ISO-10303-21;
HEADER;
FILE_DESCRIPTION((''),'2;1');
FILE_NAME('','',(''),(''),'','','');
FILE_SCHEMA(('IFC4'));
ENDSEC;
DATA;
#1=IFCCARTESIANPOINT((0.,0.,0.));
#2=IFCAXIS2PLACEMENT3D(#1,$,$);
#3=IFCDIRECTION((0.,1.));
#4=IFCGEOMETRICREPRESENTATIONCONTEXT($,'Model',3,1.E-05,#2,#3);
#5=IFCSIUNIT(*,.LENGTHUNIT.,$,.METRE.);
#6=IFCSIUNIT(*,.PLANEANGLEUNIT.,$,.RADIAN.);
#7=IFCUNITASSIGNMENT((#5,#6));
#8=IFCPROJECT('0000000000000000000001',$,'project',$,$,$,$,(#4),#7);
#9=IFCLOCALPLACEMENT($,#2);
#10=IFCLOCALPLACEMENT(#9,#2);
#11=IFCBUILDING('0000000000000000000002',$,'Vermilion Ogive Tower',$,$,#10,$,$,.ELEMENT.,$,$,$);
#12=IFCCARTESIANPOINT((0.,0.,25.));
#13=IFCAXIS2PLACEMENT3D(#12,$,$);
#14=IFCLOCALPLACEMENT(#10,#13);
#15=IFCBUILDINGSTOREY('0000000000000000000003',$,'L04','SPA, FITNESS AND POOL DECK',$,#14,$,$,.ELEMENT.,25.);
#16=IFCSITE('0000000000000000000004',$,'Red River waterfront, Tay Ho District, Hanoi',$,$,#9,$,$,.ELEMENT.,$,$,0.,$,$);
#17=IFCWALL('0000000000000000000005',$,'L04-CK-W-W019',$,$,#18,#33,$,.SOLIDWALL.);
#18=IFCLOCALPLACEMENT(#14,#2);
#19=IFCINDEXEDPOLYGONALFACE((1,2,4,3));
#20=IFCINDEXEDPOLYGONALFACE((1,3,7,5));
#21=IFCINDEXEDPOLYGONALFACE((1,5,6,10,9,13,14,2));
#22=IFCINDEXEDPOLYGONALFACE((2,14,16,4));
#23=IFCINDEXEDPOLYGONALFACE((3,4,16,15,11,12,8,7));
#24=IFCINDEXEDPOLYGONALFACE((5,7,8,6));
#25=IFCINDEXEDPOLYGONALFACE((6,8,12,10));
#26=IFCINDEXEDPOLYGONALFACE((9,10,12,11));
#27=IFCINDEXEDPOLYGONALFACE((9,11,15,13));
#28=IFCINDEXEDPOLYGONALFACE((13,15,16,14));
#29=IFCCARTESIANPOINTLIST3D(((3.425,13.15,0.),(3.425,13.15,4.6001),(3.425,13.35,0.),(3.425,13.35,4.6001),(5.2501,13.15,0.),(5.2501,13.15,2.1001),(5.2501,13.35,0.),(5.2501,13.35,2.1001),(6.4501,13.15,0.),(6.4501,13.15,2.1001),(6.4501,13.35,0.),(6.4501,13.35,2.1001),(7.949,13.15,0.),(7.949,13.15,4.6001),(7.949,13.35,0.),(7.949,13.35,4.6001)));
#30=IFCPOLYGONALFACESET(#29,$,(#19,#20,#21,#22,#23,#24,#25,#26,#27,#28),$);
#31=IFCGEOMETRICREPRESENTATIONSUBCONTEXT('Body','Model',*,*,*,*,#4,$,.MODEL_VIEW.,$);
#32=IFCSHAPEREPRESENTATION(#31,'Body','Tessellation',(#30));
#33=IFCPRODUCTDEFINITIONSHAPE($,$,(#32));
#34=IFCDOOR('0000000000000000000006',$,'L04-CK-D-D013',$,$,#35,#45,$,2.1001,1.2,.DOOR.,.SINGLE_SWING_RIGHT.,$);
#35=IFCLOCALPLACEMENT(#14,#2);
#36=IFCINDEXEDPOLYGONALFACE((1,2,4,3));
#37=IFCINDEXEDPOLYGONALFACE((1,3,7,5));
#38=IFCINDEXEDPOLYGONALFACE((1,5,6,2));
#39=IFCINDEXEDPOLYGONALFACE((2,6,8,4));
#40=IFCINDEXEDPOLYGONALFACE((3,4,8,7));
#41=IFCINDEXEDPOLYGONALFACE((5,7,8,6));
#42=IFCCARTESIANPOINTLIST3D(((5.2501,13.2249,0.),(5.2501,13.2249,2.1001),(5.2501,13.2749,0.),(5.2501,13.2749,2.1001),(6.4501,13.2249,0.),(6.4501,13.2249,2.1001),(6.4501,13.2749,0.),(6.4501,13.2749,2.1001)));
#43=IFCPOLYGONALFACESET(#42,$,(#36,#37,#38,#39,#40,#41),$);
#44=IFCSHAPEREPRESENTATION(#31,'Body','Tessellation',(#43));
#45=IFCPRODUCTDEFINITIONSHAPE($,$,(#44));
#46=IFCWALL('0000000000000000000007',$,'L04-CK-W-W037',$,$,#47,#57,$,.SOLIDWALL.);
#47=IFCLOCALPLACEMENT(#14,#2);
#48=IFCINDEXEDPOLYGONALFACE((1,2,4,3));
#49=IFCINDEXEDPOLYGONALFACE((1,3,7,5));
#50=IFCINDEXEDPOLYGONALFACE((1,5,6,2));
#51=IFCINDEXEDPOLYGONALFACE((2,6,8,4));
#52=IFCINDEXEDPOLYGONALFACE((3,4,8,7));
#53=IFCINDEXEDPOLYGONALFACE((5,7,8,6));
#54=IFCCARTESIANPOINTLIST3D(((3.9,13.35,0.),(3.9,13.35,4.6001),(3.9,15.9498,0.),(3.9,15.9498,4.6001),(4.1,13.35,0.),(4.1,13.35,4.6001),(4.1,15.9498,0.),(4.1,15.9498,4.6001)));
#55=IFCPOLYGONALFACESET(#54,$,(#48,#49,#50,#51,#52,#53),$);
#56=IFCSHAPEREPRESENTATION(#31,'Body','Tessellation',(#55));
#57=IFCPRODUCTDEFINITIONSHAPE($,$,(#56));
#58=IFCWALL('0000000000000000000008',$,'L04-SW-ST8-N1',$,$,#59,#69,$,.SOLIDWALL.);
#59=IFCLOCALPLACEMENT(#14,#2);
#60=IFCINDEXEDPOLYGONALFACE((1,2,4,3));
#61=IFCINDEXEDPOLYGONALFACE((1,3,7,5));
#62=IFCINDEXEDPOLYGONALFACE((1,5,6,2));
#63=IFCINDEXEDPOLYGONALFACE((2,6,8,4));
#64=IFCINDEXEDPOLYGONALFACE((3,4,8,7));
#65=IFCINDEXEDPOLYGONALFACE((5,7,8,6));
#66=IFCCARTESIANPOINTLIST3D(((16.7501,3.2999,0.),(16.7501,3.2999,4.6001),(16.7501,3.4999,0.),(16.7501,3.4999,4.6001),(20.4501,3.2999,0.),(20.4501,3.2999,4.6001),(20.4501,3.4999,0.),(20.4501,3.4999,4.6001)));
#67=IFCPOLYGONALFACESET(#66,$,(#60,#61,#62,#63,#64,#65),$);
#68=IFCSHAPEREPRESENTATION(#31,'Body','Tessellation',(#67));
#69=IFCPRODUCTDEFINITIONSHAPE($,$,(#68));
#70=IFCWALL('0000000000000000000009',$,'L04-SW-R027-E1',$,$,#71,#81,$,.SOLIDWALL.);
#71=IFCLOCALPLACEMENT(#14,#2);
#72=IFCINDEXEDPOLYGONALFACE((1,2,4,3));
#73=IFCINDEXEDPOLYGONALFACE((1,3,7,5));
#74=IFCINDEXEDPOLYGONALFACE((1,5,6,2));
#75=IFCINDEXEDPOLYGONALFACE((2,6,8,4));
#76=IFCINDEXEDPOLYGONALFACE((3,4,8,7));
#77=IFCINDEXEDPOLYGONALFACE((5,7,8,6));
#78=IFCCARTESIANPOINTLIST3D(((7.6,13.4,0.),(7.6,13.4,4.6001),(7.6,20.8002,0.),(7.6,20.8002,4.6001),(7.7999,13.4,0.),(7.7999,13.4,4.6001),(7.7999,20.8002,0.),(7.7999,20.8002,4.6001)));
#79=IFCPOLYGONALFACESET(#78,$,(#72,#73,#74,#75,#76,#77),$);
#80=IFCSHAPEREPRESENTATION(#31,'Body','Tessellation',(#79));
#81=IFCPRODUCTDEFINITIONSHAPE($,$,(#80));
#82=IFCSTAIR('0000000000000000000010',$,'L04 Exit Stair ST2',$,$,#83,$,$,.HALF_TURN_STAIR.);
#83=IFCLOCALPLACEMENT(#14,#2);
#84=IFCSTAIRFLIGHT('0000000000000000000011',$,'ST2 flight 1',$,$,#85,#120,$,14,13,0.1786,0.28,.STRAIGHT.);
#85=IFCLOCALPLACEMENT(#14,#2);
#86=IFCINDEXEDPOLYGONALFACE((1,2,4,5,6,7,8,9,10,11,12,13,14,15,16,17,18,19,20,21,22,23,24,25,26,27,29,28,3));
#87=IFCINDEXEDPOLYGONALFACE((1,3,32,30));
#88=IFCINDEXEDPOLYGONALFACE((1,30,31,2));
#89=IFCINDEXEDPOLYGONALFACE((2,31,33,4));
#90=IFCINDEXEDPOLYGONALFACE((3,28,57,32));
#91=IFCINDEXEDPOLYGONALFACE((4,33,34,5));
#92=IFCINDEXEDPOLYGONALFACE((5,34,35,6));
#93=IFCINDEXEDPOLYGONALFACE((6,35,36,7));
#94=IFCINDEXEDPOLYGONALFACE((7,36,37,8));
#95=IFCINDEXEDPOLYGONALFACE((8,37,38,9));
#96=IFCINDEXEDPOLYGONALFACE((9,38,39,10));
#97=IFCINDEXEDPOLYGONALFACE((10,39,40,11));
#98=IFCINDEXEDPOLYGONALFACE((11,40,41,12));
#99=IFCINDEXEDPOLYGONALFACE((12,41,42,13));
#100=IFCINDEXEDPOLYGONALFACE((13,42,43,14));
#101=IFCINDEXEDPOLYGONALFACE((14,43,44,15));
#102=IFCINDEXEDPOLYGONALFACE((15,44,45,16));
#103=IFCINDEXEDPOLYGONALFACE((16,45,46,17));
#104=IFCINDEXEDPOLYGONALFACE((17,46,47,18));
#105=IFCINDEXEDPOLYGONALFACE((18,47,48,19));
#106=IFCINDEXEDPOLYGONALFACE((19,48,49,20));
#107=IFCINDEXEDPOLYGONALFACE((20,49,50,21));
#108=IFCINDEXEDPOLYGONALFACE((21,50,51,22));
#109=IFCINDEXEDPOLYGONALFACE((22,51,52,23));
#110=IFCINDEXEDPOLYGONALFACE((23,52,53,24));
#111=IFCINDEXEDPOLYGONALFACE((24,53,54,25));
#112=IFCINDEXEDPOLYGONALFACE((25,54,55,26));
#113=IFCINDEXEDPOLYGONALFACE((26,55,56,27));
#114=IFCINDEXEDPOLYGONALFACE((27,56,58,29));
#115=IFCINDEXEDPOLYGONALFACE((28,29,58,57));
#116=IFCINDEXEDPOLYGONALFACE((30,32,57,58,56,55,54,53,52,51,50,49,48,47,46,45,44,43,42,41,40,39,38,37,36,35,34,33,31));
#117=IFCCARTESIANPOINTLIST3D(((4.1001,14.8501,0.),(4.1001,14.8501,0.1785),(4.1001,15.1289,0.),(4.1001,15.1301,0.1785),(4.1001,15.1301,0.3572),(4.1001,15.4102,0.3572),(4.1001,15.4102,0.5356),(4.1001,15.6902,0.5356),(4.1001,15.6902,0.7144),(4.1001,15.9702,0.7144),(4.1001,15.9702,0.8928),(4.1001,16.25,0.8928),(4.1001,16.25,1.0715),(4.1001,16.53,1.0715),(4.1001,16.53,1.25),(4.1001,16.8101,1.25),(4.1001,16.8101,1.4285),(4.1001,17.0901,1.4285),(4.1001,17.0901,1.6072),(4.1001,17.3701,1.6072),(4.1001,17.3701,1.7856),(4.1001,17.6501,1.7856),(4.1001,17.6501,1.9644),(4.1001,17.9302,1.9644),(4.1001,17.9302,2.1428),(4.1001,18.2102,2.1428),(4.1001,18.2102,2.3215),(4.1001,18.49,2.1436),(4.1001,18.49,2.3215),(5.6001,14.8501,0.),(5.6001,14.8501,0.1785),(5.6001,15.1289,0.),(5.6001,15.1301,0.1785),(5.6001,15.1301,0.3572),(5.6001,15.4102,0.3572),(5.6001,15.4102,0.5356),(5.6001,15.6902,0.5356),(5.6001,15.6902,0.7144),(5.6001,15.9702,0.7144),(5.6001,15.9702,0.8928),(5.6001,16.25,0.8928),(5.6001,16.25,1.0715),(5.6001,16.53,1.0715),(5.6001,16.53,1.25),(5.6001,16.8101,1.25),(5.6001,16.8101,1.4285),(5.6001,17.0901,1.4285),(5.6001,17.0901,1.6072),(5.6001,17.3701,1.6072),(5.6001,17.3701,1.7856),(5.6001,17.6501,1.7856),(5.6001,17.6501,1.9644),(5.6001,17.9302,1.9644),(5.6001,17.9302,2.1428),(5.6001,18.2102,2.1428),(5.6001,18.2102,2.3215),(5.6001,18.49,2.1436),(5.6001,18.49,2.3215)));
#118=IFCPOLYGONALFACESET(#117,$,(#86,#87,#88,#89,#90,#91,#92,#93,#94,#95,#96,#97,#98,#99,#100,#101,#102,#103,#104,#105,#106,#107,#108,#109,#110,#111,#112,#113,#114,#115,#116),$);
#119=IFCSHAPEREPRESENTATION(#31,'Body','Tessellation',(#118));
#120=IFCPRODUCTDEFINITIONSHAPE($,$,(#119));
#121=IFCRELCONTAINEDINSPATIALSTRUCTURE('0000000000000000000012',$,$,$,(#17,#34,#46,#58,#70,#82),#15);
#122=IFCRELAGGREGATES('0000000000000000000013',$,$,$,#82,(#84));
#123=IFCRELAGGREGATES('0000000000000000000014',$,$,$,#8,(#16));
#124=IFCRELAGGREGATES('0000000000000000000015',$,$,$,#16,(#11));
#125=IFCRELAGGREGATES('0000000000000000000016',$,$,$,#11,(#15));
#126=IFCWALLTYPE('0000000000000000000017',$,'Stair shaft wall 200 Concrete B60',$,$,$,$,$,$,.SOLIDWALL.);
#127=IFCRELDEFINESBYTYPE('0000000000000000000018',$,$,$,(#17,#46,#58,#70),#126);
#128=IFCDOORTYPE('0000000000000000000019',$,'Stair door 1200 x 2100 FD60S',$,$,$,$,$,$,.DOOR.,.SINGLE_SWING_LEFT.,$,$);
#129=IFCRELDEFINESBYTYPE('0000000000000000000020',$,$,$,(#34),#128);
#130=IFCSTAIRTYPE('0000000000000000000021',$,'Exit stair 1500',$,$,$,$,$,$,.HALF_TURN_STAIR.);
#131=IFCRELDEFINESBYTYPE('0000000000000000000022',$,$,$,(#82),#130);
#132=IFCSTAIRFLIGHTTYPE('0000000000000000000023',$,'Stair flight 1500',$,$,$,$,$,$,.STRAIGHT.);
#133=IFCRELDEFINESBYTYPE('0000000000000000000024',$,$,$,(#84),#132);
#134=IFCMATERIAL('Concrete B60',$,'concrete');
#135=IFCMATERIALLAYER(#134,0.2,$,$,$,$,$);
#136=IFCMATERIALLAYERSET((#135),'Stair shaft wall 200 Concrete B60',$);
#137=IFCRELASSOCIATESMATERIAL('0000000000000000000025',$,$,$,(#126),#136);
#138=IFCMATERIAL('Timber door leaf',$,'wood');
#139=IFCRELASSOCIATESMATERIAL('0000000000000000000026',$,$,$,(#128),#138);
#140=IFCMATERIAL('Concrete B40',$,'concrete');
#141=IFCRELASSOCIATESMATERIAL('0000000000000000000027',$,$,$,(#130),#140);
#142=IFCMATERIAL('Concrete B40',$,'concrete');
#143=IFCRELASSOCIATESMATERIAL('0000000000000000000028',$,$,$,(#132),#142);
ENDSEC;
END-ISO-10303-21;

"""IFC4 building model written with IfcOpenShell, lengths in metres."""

from ifc_helpers import new_model, si_unit, direction, frame, frame_2d, origin, place, context, subcontext, project, spatial, polyline, rectangle, outline, extrude, material, layer, layer_set, type_object, element, fill, aggregate, save


model = new_model("IFC4")

# Units and contexts
model_context = context("Model", 3, precision=1e-05, world=origin(), true_north=direction((0.0, 1.0)))
body_context = subcontext(model_context, "Body", "Model", "MODEL_VIEW")
ifc_project = project(units=[si_unit("LENGTHUNIT", "METRE"), si_unit("PLANEANGLEUNIT", "RADIAN")], contexts=[model_context])

# Site, building, storey
site_placement = place(None, origin())
site = spatial("IfcSite", under=ifc_project, at=site_placement, Name="Red River waterfront, Tay Ho District, Hanoi", CompositionType="ELEMENT", RefElevation=0.0)
building_placement = place(site_placement, origin())
building = spatial("IfcBuilding", under=site, at=building_placement, Name="Vermilion Ogive Tower", CompositionType="ELEMENT")
storey_placement = place(building_placement, frame((0.0, 0.0, 25.0)))
storey = spatial("IfcBuildingStorey", under=building, at=storey_placement, Name="L04", Description="SPA, FITNESS AND POOL DECK", CompositionType="ELEMENT", Elevation=25.0)

# Wall, opening, door
ifc_material_1 = material(Name="Concrete B60", Category="concrete")
ifc_layer_1 = layer(ifc_material_1, 0.2)
ifc_layer_set_1 = layer_set([ifc_layer_1], Name="Stair shaft wall 200 Concrete B60")
wall_type_1 = type_object("IfcWallType", Name="Stair shaft wall 200 Concrete B60", PredefinedType="SOLIDWALL", material=ifc_layer_set_1)
wall_1_placement = place(storey_placement, frame((3.425, 13.25, 0.0), z_axis=(0.0, 0.0, 1.0), x_axis=(1.0, 0.0, 0.0)))
wall_1 = element("IfcWall", 1, at=wall_1_placement, inside=storey, type_object=wall_type_1, Name="L04-CK-W-W019", PredefinedType="SOLIDWALL", context=body_context, shape_type="SweptSolid", body=[
    extrude(rectangle(XDim=4.5239, YDim=0.2, at=frame_2d((2.262, 0.0))), origin(), (0.0, 0.0, 1.0), 4.6001),
])
opening_1_placement = place(wall_1_placement, frame((1.825, 0.0, 0.0)))
opening_1 = element("IfcOpeningElement", 2, at=opening_1_placement, cuts=wall_1, PredefinedType="OPENING", context=body_context, shape_type="SweptSolid", body=[
    extrude(rectangle(XDim=1.2, YDim=2.1001, at=frame_2d((0.6001, 1.05))), frame((0.0, 0.1099, 0.0), z_axis=(0.0, -1.0, 0.0), x_axis=(1.0, 0.0, 0.0)), (0.0, 0.0, 1.0), 0.22),
])
ifc_material_2 = material(Name="Timber door leaf", Category="wood")
door_type_1 = type_object("IfcDoorType", Name="Stair door 1200 x 2100 FD60S", OperationType="SINGLE_SWING_LEFT", PredefinedType="DOOR", material=ifc_material_2)
door_1_placement = place(opening_1_placement, origin())
door_1 = element("IfcDoor", 3, at=door_1_placement, inside=storey, type_object=door_type_1, Name="L04-CK-D-D013", OperationType="SINGLE_SWING_RIGHT", OverallHeight=2.1001, OverallWidth=1.2, PredefinedType="DOOR", context=body_context, shape_type="SweptSolid", body=[
    extrude(rectangle(XDim=1.2, YDim=2.1001, at=frame_2d((0.6001, 1.05))), frame((0.0, 0.0249, 0.0), z_axis=(0.0, -1.0, 0.0), x_axis=(1.0, 0.0, 0.0)), (0.0, 0.0, 1.0), 0.05),
])
fill(opening_1, door_1)

# Walls
wall_2_placement = place(storey_placement, frame((4.0, 13.3501, 0.0), z_axis=(0.0, 0.0, 1.0), x_axis=(0.0, 1.0, 0.0)))
element("IfcWall", 4, at=wall_2_placement, inside=storey, type_object=wall_type_1, Name="L04-CK-W-W037", PredefinedType="SOLIDWALL", context=body_context, shape_type="SweptSolid", body=[
    extrude(rectangle(XDim=2.5999, YDim=0.2, at=frame_2d((1.2998, 0.0))), origin(), (0.0, 0.0, 1.0), 4.6001),
])
wall_3_placement = place(storey_placement, frame((16.75, 3.3999, 0.0), z_axis=(0.0, 0.0, 1.0), x_axis=(1.0, 0.0, 0.0)))
element("IfcWall", 5, at=wall_3_placement, inside=storey, type_object=wall_type_1, Name="L04-SW-ST8-N1", PredefinedType="SOLIDWALL", context=body_context, shape_type="SweptSolid", body=[
    extrude(rectangle(XDim=3.7, YDim=0.2, at=frame_2d((1.8501, 0.0))), origin(), (0.0, 0.0, 1.0), 4.6001),
])
wall_4_placement = place(storey_placement, frame((7.7, 13.3999, 0.0), z_axis=(0.0, 0.0, 1.0), x_axis=(0.0, 1.0, 0.0)))
element("IfcWall", 6, at=wall_4_placement, inside=storey, type_object=wall_type_1, Name="L04-SW-R027-E1", PredefinedType="SOLIDWALL", context=body_context, shape_type="SweptSolid", body=[
    extrude(rectangle(XDim=7.4001, YDim=0.2, at=frame_2d((3.7002, 0.0))), origin(), (0.0, 0.0, 1.0), 4.6001),
])

# Stair, stair flight
ifc_material_3 = material(Name="Concrete B40", Category="concrete")
stair_type = type_object("IfcStairType", Name="Exit stair 1500", PredefinedType="HALF_TURN_STAIR", material=ifc_material_3)
stair_placement = place(storey_placement, origin())
stair = element("IfcStair", 7, at=stair_placement, inside=storey, type_object=stair_type, Name="L04 Exit Stair ST2", PredefinedType="HALF_TURN_STAIR")
ifc_material_4 = material(Name="Concrete B40", Category="concrete")
stair_flight_type = type_object("IfcStairFlightType", Name="Stair flight 1500", PredefinedType="STRAIGHT", material=ifc_material_4)
stair_flight_placement = place(storey_placement, frame((4.8501, 14.8501, 0.0), z_axis=(0.0, 0.0, 1.0), x_axis=(0.0, 1.0, 0.0)))
stair_flight = element("IfcStairFlight", 8, at=stair_flight_placement, type_object=stair_flight_type, Name="ST2 flight 1", NumberOfRisers=14, NumberOfTreads=13, PredefinedType="STRAIGHT", RiserHeight=0.1786, TreadLength=0.28, context=body_context, shape_type="SweptSolid", body=[
    extrude(outline(polyline([(0.0, 0.0), (0.0, 0.1785), (0.28, 0.1785), (0.28, 0.3572), (0.5601, 0.3572), (0.5601, 0.5356), (0.8401, 0.5356), (0.8401, 0.7144), (1.1201, 0.7144), (1.1201, 0.8928), (1.3999, 0.8928), (1.3999, 1.0715), (1.6799, 1.0715), (1.6799, 1.25), (1.96, 1.25), (1.96, 1.4285), (2.24, 1.4285), (2.24, 1.6072), (2.52, 1.6072), (2.52, 1.7856), (2.8, 1.7856), (2.8, 1.9644), (3.0801, 1.9644), (3.0801, 2.1428), (3.3601, 2.1428), (3.3601, 2.3215), (3.6399, 2.3215), (3.6399, 2.5), (3.6399, 2.1436), (0.2788, 0.0), (0.0, 0.0)])), frame((0.0, 0.75, 0.0), z_axis=(0.0, -1.0, 0.0), x_axis=(1.0, 0.0, 0.0)), (0.0, 0.0, 1.0), 1.5),
])
aggregate(stair, [stair_flight])

save(model, "model.ifc")
